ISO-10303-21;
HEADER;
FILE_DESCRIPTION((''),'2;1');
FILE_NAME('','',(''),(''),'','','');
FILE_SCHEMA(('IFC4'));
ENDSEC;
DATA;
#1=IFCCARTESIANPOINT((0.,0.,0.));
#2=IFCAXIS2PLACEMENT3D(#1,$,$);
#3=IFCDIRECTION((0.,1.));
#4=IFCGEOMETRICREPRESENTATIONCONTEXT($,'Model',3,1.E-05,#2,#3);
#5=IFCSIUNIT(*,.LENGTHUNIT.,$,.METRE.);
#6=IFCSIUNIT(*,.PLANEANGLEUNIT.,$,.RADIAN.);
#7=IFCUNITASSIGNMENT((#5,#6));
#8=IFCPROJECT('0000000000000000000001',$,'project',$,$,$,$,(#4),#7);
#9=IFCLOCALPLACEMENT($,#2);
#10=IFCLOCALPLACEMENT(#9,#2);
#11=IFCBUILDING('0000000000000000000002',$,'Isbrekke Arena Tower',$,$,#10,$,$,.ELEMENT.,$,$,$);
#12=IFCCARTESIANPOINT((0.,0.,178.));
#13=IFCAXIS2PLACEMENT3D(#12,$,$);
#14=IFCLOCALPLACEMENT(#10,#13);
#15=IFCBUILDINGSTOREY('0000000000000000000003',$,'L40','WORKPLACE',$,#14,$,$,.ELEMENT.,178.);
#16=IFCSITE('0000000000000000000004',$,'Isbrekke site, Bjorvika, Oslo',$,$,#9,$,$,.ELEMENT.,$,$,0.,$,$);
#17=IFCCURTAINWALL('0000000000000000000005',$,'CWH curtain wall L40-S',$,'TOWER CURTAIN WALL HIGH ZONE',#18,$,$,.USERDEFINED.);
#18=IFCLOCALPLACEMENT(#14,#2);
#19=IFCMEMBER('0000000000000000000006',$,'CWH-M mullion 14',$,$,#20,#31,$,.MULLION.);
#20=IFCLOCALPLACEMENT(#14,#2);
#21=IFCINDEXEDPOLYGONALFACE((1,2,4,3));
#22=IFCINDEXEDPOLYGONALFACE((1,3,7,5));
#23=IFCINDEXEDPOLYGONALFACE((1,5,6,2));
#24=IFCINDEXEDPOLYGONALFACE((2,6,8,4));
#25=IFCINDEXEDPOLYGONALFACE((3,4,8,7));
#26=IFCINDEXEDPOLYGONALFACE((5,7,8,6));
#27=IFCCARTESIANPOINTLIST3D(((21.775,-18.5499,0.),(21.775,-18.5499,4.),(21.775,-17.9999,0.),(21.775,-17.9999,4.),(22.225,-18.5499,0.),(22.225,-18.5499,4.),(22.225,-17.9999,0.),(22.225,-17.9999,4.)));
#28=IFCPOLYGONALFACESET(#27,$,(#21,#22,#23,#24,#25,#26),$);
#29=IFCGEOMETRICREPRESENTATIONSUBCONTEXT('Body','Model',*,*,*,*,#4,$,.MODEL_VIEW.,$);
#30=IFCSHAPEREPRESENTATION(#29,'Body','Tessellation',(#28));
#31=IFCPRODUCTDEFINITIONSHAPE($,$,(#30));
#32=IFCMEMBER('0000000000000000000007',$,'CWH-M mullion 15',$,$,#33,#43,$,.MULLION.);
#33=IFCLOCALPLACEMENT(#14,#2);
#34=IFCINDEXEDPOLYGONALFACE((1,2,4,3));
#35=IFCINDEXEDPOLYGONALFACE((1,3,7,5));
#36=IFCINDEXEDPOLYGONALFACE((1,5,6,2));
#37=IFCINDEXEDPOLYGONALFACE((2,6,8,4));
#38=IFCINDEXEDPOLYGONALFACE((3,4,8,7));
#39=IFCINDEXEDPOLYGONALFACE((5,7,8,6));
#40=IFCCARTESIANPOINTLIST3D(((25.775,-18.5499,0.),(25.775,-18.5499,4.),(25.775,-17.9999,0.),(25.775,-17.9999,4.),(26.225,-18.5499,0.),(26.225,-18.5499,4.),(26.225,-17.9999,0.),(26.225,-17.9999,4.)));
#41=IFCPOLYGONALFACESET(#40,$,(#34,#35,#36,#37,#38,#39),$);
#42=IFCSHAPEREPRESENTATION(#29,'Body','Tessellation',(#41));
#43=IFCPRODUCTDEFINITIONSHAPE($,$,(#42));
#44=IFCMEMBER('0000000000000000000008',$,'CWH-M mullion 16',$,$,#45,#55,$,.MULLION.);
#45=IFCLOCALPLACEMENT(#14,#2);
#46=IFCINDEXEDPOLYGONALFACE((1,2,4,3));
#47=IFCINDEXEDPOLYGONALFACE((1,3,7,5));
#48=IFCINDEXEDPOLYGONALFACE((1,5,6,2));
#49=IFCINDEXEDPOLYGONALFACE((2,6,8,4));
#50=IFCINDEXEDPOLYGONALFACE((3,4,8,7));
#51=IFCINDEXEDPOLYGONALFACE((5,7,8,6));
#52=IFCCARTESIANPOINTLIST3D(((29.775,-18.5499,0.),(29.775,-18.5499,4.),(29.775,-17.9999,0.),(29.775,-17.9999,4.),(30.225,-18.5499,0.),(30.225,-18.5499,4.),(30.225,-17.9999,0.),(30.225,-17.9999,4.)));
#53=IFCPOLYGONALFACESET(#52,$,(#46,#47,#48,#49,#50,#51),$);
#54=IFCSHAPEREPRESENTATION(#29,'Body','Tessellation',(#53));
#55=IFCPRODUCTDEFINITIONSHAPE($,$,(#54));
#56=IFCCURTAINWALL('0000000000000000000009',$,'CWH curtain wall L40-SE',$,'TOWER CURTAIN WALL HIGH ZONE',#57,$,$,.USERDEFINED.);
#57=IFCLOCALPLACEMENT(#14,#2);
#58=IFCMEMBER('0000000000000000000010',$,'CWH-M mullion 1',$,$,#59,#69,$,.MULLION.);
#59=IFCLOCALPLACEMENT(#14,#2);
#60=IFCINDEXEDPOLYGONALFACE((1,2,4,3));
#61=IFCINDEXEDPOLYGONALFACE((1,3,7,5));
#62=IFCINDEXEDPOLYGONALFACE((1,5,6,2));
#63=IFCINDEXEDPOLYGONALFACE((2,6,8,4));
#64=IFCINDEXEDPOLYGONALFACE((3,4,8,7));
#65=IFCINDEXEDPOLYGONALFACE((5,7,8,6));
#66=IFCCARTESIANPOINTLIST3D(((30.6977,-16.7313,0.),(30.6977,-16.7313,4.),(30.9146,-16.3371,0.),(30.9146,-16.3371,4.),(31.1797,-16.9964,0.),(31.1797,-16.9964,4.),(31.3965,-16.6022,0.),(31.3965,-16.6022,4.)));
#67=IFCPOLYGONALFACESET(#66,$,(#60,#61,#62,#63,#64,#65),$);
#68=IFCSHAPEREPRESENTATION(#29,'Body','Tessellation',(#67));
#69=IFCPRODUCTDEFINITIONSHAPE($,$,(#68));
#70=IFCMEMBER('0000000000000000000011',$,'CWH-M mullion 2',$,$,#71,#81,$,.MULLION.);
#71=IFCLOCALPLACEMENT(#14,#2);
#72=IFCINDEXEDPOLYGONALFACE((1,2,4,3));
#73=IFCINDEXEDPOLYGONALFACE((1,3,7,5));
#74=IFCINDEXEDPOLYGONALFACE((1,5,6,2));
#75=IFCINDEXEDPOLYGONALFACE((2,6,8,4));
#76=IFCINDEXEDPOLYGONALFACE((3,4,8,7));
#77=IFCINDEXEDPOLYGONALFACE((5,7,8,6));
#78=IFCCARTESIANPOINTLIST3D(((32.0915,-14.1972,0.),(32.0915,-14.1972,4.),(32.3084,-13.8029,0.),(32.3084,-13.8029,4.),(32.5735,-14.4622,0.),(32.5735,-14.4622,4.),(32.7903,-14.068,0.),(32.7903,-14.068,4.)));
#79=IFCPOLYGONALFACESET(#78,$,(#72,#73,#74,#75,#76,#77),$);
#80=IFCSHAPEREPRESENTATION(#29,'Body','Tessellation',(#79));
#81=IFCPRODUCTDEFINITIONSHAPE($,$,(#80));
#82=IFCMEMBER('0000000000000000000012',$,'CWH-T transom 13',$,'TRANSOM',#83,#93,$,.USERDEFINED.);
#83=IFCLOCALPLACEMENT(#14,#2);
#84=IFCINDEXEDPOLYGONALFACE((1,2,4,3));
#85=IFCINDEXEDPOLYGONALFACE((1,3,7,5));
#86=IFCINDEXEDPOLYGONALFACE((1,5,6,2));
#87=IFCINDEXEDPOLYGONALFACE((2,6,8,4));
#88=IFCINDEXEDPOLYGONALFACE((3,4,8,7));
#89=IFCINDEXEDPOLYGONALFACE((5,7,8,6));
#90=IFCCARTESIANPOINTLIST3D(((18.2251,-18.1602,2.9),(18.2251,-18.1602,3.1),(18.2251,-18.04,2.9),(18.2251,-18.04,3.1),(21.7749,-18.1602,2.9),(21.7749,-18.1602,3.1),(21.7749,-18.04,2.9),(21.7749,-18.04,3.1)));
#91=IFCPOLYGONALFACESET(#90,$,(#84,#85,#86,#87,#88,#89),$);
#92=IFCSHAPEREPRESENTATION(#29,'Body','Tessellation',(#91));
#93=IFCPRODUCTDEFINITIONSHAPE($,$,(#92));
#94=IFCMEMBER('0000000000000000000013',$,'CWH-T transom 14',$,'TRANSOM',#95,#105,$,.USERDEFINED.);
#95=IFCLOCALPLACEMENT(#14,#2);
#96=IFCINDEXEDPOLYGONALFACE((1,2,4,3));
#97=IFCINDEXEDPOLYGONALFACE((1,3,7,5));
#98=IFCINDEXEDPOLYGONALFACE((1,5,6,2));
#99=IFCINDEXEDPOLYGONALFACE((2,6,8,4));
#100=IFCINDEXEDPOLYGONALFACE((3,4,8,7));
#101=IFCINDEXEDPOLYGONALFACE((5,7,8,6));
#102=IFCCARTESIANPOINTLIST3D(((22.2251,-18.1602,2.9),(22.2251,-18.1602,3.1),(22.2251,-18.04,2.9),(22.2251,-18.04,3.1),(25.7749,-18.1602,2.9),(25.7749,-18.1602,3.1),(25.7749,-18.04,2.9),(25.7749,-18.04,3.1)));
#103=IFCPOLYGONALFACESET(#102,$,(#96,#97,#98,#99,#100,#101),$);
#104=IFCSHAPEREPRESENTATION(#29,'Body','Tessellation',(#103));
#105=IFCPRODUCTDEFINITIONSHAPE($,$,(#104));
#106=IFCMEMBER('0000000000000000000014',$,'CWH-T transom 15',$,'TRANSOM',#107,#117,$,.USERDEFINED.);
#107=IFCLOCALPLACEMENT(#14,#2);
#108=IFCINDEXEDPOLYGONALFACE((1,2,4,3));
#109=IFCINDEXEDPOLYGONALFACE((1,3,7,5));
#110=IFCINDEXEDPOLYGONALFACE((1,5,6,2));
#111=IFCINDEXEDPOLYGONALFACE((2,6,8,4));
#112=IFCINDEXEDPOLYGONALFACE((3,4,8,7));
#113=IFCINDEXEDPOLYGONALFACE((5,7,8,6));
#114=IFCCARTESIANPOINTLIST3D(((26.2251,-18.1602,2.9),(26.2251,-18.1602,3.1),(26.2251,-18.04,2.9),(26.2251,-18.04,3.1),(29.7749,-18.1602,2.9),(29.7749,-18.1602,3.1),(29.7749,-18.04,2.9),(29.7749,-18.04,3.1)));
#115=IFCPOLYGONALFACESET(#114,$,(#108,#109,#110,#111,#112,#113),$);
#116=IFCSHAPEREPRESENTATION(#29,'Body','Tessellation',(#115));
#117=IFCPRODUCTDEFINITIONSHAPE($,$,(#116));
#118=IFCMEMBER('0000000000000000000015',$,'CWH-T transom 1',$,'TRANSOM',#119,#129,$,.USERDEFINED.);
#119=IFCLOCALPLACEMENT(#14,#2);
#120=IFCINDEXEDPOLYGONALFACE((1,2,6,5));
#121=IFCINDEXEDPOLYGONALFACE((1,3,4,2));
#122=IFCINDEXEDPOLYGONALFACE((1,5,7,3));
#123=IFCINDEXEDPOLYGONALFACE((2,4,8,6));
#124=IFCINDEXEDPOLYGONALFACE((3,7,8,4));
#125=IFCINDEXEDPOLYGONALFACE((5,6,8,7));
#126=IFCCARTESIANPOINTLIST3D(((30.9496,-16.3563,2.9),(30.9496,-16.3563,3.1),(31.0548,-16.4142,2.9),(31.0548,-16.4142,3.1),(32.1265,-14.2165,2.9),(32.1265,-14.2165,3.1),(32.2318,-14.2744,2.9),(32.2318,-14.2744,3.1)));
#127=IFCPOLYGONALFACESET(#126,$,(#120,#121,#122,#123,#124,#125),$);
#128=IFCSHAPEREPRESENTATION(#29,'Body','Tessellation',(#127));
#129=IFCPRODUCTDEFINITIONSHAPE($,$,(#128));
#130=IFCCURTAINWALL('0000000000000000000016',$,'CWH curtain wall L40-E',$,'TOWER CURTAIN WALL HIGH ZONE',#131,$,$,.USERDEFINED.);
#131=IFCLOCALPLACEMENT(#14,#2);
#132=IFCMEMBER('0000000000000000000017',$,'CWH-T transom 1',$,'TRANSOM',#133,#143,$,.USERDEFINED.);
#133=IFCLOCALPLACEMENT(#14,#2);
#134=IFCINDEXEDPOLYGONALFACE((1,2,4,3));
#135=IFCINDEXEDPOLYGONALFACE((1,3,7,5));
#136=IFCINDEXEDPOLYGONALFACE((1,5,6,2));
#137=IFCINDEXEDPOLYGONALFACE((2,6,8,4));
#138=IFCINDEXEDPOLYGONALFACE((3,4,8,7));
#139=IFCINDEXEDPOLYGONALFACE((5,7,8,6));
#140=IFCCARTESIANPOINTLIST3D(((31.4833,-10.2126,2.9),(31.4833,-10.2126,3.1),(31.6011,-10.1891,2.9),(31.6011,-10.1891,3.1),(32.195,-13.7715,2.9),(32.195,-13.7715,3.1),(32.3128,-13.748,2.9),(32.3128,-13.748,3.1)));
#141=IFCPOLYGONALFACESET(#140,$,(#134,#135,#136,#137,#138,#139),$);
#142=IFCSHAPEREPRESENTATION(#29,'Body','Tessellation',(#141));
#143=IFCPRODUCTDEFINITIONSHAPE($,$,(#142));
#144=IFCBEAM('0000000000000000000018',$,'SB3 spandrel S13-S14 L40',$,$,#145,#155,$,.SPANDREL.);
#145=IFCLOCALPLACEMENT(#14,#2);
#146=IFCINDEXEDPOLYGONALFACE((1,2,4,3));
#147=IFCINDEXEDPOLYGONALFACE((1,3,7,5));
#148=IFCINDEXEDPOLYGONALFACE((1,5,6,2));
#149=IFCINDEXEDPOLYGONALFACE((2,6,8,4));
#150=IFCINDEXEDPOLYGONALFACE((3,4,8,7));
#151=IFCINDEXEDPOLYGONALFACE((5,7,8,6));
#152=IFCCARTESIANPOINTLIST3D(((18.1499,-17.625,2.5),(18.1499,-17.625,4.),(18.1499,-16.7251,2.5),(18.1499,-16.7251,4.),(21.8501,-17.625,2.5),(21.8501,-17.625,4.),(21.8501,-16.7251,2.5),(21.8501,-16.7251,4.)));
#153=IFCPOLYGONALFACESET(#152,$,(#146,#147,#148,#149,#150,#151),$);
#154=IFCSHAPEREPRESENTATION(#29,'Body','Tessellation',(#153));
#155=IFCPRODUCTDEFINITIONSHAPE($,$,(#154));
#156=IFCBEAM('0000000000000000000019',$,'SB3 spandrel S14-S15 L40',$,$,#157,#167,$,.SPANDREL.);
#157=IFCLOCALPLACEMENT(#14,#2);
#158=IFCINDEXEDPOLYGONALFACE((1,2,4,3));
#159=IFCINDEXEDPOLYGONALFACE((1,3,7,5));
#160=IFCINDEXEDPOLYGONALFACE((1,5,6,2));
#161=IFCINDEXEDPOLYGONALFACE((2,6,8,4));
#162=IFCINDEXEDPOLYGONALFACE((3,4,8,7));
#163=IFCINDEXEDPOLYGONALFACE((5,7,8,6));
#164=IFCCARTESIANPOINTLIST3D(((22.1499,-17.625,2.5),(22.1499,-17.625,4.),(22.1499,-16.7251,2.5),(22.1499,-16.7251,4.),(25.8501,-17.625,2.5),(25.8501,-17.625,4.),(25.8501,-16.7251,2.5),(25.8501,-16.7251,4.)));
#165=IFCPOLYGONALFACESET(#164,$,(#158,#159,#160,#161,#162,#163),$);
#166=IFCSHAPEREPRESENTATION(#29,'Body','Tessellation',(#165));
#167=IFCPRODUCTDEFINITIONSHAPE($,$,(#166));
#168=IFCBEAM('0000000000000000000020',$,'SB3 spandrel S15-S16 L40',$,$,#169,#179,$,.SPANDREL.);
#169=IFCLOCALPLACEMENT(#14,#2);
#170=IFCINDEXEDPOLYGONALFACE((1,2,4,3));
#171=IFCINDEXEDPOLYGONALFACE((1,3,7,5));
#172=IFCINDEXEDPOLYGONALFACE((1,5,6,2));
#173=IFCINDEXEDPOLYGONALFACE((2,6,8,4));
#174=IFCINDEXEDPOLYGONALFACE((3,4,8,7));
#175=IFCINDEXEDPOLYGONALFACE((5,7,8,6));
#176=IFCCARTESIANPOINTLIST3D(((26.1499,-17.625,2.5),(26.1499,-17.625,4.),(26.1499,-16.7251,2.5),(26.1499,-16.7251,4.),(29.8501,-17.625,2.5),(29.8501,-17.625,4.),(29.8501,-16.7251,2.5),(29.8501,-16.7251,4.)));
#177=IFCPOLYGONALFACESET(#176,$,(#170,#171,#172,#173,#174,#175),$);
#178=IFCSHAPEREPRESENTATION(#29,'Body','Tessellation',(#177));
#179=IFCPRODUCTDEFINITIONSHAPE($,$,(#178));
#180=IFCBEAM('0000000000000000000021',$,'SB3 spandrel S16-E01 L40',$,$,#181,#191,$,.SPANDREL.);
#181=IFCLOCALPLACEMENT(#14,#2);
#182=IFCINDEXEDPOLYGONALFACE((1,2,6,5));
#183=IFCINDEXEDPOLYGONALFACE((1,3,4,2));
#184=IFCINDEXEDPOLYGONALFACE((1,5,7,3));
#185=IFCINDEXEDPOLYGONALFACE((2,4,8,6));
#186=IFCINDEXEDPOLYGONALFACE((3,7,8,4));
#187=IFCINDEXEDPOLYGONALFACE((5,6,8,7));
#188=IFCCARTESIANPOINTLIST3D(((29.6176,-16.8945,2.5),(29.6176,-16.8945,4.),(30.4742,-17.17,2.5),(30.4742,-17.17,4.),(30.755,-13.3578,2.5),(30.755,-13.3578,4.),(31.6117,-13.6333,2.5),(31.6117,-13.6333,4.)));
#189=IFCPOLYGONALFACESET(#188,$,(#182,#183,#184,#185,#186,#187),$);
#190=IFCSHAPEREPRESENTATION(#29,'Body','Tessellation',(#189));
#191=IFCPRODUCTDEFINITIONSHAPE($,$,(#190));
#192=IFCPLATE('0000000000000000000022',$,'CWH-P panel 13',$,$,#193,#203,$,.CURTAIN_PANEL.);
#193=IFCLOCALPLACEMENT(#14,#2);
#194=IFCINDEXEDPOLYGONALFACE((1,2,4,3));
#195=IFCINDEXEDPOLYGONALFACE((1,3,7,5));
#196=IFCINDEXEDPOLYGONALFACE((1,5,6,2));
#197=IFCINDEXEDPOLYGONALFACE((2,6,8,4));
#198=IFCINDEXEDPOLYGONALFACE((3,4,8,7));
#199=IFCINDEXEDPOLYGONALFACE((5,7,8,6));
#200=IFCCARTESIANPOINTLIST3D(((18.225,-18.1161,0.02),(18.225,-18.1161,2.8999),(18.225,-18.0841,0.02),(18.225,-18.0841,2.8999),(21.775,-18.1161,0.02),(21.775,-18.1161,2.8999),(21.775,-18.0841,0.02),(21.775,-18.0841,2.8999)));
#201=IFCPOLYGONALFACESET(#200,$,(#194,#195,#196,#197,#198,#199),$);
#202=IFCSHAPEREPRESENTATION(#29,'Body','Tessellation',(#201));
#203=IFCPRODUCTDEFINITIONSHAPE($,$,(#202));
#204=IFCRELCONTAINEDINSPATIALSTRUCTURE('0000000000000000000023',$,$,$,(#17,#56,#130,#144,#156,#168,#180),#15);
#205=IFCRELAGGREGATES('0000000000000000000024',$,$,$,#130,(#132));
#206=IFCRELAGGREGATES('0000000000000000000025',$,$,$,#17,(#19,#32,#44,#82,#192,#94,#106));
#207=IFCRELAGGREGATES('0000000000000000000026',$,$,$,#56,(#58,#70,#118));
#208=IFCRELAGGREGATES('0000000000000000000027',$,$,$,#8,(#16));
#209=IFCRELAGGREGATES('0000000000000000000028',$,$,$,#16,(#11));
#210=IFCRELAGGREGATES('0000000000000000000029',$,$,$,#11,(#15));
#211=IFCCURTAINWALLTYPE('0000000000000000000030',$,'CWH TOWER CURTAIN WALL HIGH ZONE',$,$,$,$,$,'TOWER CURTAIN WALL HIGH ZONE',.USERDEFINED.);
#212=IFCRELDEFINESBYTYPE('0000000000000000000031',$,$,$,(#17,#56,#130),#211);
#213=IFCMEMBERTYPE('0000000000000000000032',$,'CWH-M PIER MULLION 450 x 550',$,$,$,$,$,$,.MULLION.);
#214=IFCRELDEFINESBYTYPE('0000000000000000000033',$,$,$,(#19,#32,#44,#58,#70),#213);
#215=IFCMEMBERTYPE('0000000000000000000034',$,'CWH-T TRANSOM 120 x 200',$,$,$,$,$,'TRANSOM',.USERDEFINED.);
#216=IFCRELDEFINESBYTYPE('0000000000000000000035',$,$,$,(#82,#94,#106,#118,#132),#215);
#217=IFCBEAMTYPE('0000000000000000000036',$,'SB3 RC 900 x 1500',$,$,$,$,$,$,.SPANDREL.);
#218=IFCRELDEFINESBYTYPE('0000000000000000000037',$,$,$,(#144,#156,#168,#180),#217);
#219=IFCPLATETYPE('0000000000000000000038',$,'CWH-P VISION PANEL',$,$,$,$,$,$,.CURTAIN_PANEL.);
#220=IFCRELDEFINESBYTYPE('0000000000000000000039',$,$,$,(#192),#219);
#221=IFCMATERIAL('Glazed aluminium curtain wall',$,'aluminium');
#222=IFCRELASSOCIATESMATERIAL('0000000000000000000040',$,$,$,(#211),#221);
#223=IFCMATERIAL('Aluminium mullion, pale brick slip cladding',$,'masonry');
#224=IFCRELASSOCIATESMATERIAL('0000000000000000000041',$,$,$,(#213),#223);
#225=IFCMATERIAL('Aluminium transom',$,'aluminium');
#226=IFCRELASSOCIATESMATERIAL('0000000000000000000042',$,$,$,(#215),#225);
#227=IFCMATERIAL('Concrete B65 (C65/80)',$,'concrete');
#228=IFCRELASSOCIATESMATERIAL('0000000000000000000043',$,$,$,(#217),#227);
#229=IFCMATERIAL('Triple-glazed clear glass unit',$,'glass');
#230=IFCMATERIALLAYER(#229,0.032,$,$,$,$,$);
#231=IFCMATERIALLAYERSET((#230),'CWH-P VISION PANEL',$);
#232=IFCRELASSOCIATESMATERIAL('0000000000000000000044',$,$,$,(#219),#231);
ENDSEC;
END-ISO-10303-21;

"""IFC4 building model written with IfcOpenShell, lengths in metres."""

from ifc_helpers import new_model, si_unit, direction, frame, origin, origin_2d, place, context, subcontext, project, spatial, rectangle, extrude, material, layer, layer_set, material_profile, profile_set, type_object, element, aggregate, save


model = new_model("IFC4")

# Units and contexts
model_context = context("Model", 3, precision=1e-05, world=origin(), true_north=direction((0.0, 1.0)))
body_context = subcontext(model_context, "Body", "Model", "MODEL_VIEW")
ifc_project = project(units=[si_unit("LENGTHUNIT", "METRE"), si_unit("PLANEANGLEUNIT", "RADIAN")], contexts=[model_context])

# Site, building, storey
site_placement = place(None, origin())
site = spatial("IfcSite", under=ifc_project, at=site_placement, Name="Isbrekke site, Bjorvika, Oslo", CompositionType="ELEMENT", RefElevation=0.0)
building_placement = place(site_placement, origin())
building = spatial("IfcBuilding", under=site, at=building_placement, Name="Isbrekke Arena Tower", CompositionType="ELEMENT")
storey_placement = place(building_placement, frame((0.0, 0.0, 178.0)))
storey = spatial("IfcBuildingStorey", under=building, at=storey_placement, Name="L40", Description="WORKPLACE", CompositionType="ELEMENT", Elevation=178.0)

# Curtain walls, members
ifc_material_1 = material(Name="Glazed aluminium curtain wall", Category="aluminium")
curtain_wall_type = type_object("IfcCurtainWallType", Name="CWH TOWER CURTAIN WALL HIGH ZONE", ElementType="TOWER CURTAIN WALL HIGH ZONE", PredefinedType="USERDEFINED", material=ifc_material_1)
curtain_wall_1_placement = place(storey_placement, origin())
curtain_wall_1 = element("IfcCurtainWall", 1, at=curtain_wall_1_placement, inside=storey, type_object=curtain_wall_type, Name="CWH curtain wall L40-S", ObjectType="TOWER CURTAIN WALL HIGH ZONE", PredefinedType="USERDEFINED")
ifc_material_2 = material(Name="Aluminium mullion, pale brick slip cladding", Category="masonry")
ifc_material_profile_1 = material_profile(ifc_material_2, rectangle(XDim=0.45, YDim=0.55, at=origin_2d()), Name="PIER 450X550")
ifc_profile_set_1 = profile_set([ifc_material_profile_1], Name="Aluminium mullion, pale brick slip cladding")
member_type_1 = type_object("IfcMemberType", Name="CWH-M PIER MULLION 450 x 550", PredefinedType="MULLION", material=ifc_profile_set_1)
member_1_placement = place(storey_placement, frame((22.0, -18.2749, 0.0), z_axis=(0.0, 0.0, 1.0), x_axis=(1.0, 0.0, 0.0)))
member_1 = element("IfcMember", 2, at=member_1_placement, type_object=member_type_1, Name="CWH-M mullion 14", PredefinedType="MULLION", context=body_context, shape_type="SweptSolid", body=[
    extrude(rectangle(XDim=0.45, YDim=0.55, at=origin_2d()), origin(), (0.0, 0.0, 1.0), 4.0),
])
member_2_placement = place(storey_placement, frame((26.0, -18.2749, 0.0), z_axis=(0.0, 0.0, 1.0), x_axis=(1.0, 0.0, 0.0)))
member_2 = element("IfcMember", 3, at=member_2_placement, type_object=member_type_1, Name="CWH-M mullion 15", PredefinedType="MULLION", context=body_context, shape_type="SweptSolid", body=[
    extrude(rectangle(XDim=0.45, YDim=0.55, at=origin_2d()), origin(), (0.0, 0.0, 1.0), 4.0),
])
member_3_placement = place(storey_placement, frame((30.0, -18.2749, 0.0), z_axis=(0.0, 0.0, 1.0), x_axis=(1.0, 0.0, 0.0)))
member_3 = element("IfcMember", 4, at=member_3_placement, type_object=member_type_1, Name="CWH-M mullion 16", PredefinedType="MULLION", context=body_context, shape_type="SweptSolid", body=[
    extrude(rectangle(XDim=0.45, YDim=0.55, at=origin_2d()), origin(), (0.0, 0.0, 1.0), 4.0),
])
curtain_wall_2_placement = place(storey_placement, origin())
curtain_wall_2 = element("IfcCurtainWall", 5, at=curtain_wall_2_placement, inside=storey, type_object=curtain_wall_type, Name="CWH curtain wall L40-SE", ObjectType="TOWER CURTAIN WALL HIGH ZONE", PredefinedType="USERDEFINED")
member_4_placement = place(storey_placement, frame((31.0471, -16.6667, 0.0), z_axis=(0.0, 0.0, 1.0), x_axis=(0.481919, 0.876216, 0.0)))
member_4 = element("IfcMember", 6, at=member_4_placement, type_object=member_type_1, Name="CWH-M mullion 1", PredefinedType="MULLION", context=body_context, shape_type="SweptSolid", body=[
    extrude(rectangle(XDim=0.45, YDim=0.55, at=origin_2d()), origin(), (0.0, 0.0, 1.0), 4.0),
])
member_5_placement = place(storey_placement, frame((32.4409, -14.1326, 0.0), z_axis=(0.0, 0.0, 1.0), x_axis=(0.481919, 0.876216, 0.0)))
member_5 = element("IfcMember", 7, at=member_5_placement, type_object=member_type_1, Name="CWH-M mullion 2", PredefinedType="MULLION", context=body_context, shape_type="SweptSolid", body=[
    extrude(rectangle(XDim=0.45, YDim=0.55, at=origin_2d()), origin(), (0.0, 0.0, 1.0), 4.0),
])

# Members
ifc_material_3 = material(Name="Aluminium transom", Category="aluminium")
ifc_material_profile_2 = material_profile(ifc_material_3, rectangle(XDim=0.1201, YDim=0.2, at=origin_2d()), Name="TRANSOM 120X200")
ifc_profile_set_2 = profile_set([ifc_material_profile_2], Name="Aluminium transom")
member_type_2 = type_object("IfcMemberType", Name="CWH-T TRANSOM 120 x 200", ElementType="TRANSOM", PredefinedType="USERDEFINED", material=ifc_profile_set_2)
member_6_placement = place(storey_placement, frame((18.2251, -18.1001, 3.0), z_axis=(1.0, 0.0, 0.0), x_axis=(0.0, 1.0, 0.0)))
member_6 = element("IfcMember", 8, at=member_6_placement, type_object=member_type_2, Name="CWH-T transom 13", ObjectType="TRANSOM", PredefinedType="USERDEFINED", context=body_context, shape_type="SweptSolid", body=[
    extrude(rectangle(XDim=0.1201, YDim=0.2, at=origin_2d()), origin(), (0.0, 0.0, 1.0), 3.5498),
])
member_7_placement = place(storey_placement, frame((22.2251, -18.1001, 3.0), z_axis=(1.0, 0.0, 0.0), x_axis=(0.0, 1.0, 0.0)))
member_7 = element("IfcMember", 9, at=member_7_placement, type_object=member_type_2, Name="CWH-T transom 14", ObjectType="TRANSOM", PredefinedType="USERDEFINED", context=body_context, shape_type="SweptSolid", body=[
    extrude(rectangle(XDim=0.1201, YDim=0.2, at=origin_2d()), origin(), (0.0, 0.0, 1.0), 3.5498),
])
member_8_placement = place(storey_placement, frame((26.2251, -18.1001, 3.0), z_axis=(1.0, 0.0, 0.0), x_axis=(0.0, 1.0, 0.0)))
member_8 = element("IfcMember", 10, at=member_8_placement, type_object=member_type_2, Name="CWH-T transom 15", ObjectType="TRANSOM", PredefinedType="USERDEFINED", context=body_context, shape_type="SweptSolid", body=[
    extrude(rectangle(XDim=0.1201, YDim=0.2, at=origin_2d()), origin(), (0.0, 0.0, 1.0), 3.5498),
])
member_9_placement = place(storey_placement, frame((31.0022, -16.3853, 3.0), z_axis=(0.481938, 0.876205, 0.0), x_axis=(-0.876205, 0.481938, 0.0)))
member_9 = element("IfcMember", 11, at=member_9_placement, type_object=member_type_2, Name="CWH-T transom 1", ObjectType="TRANSOM", PredefinedType="USERDEFINED", context=body_context, shape_type="SweptSolid", body=[
    extrude(rectangle(XDim=0.1201, YDim=0.2, at=origin_2d()), origin(), (0.0, 0.0, 1.0), 2.4421),
])

# Curtain wall, member
curtain_wall_3_placement = place(storey_placement, origin())
curtain_wall_3 = element("IfcCurtainWall", 12, at=curtain_wall_3_placement, inside=storey, type_object=curtain_wall_type, Name="CWH curtain wall L40-E", ObjectType="TOWER CURTAIN WALL HIGH ZONE", PredefinedType="USERDEFINED")
member_10_placement = place(storey_placement, frame((32.2539, -13.7598, 3.0), z_axis=(-0.19609, 0.980586, 0.0), x_axis=(-0.980586, -0.19609, 0.0)))
member_10 = element("IfcMember", 13, at=member_10_placement, type_object=member_type_2, Name="CWH-T transom 1", ObjectType="TRANSOM", PredefinedType="USERDEFINED", context=body_context, shape_type="SweptSolid", body=[
    extrude(rectangle(XDim=0.1201, YDim=0.2, at=origin_2d()), origin(), (0.0, 0.0, 1.0), 3.6294),
])
aggregate(curtain_wall_3, [member_10])

# Beams
ifc_material_4 = material(Name="Concrete B65 (C65/80)", Category="concrete")
ifc_material_profile_3 = material_profile(ifc_material_4, rectangle(XDim=0.8999, YDim=1.5, at=origin_2d()), Name="RC 900x1500")
ifc_profile_set_3 = profile_set([ifc_material_profile_3], Name="Concrete B65 (C65/80)")
beam_type_1 = type_object("IfcBeamType", Name="SB3 RC 900 x 1500", PredefinedType="SPANDREL", material=ifc_profile_set_3)
for number, where, z_axis, x_axis, name in (
    (14, (18.1499, -17.175, 3.25), (1.0, 0.0, 0.0), (0.0, 1.0, 0.0), "SB3 spandrel S13-S14 L40"),
    (15, (22.1499, -17.175, 3.25), (1.0, 0.0, 0.0), (0.0, 1.0, 0.0), "SB3 spandrel S14-S15 L40"),
    (16, (26.1499, -17.175, 3.25), (1.0, 0.0, 0.0), (0.0, 1.0, 0.0), "SB3 spandrel S15-S16 L40"),
):
    element("IfcBeam", number, at=place(storey_placement, frame(where, z_axis=z_axis, x_axis=x_axis)), inside=storey, type_object=beam_type_1, Name=name, PredefinedType="SPANDREL", context=body_context, shape_type="SweptSolid", body=[
        extrude(rectangle(XDim=0.8999, YDim=1.5, at=origin_2d()), origin(), (0.0, 0.0, 1.0), 3.7002),
    ])
beam_1_placement = place(storey_placement, frame((30.0459, -17.0322, 3.25), z_axis=(0.306175, 0.951975, 0.0), x_axis=(-0.951975, 0.306175, 0.0)))
element("IfcBeam", 17, at=beam_1_placement, inside=storey, type_object=beam_type_1, Name="SB3 spandrel S16-E01 L40", PredefinedType="SPANDREL", context=body_context, shape_type="SweptSolid", body=[
    extrude(rectangle(XDim=0.8999, YDim=1.5, at=origin_2d()), origin(), (0.0, 0.0, 1.0), 3.7151),
])

# Plate
ifc_material_5 = material(Name="Triple-glazed clear glass unit", Category="glass")
ifc_layer = layer(ifc_material_5, 0.032)
ifc_layer_set = layer_set([ifc_layer], Name="CWH-P VISION PANEL")
plate_type = type_object("IfcPlateType", Name="CWH-P VISION PANEL", PredefinedType="CURTAIN_PANEL", material=ifc_layer_set)
plate_1_placement = place(storey_placement, frame((20.0, -18.1001, 0.02), z_axis=(0.0, 0.0, 1.0), x_axis=(1.0, 0.0, 0.0)))
plate_1 = element("IfcPlate", 18, at=plate_1_placement, type_object=plate_type, Name="CWH-P panel 13", PredefinedType="CURTAIN_PANEL", context=body_context, shape_type="SweptSolid", body=[
    extrude(rectangle(XDim=3.55, YDim=0.032, at=origin_2d()), origin(), (0.0, 0.0, 1.0), 2.8799),
])
aggregate(curtain_wall_1, [member_1, member_2, member_3, member_6, plate_1, member_7, member_8])
aggregate(curtain_wall_2, [member_4, member_5, member_9])

save(model, "model.ifc")
